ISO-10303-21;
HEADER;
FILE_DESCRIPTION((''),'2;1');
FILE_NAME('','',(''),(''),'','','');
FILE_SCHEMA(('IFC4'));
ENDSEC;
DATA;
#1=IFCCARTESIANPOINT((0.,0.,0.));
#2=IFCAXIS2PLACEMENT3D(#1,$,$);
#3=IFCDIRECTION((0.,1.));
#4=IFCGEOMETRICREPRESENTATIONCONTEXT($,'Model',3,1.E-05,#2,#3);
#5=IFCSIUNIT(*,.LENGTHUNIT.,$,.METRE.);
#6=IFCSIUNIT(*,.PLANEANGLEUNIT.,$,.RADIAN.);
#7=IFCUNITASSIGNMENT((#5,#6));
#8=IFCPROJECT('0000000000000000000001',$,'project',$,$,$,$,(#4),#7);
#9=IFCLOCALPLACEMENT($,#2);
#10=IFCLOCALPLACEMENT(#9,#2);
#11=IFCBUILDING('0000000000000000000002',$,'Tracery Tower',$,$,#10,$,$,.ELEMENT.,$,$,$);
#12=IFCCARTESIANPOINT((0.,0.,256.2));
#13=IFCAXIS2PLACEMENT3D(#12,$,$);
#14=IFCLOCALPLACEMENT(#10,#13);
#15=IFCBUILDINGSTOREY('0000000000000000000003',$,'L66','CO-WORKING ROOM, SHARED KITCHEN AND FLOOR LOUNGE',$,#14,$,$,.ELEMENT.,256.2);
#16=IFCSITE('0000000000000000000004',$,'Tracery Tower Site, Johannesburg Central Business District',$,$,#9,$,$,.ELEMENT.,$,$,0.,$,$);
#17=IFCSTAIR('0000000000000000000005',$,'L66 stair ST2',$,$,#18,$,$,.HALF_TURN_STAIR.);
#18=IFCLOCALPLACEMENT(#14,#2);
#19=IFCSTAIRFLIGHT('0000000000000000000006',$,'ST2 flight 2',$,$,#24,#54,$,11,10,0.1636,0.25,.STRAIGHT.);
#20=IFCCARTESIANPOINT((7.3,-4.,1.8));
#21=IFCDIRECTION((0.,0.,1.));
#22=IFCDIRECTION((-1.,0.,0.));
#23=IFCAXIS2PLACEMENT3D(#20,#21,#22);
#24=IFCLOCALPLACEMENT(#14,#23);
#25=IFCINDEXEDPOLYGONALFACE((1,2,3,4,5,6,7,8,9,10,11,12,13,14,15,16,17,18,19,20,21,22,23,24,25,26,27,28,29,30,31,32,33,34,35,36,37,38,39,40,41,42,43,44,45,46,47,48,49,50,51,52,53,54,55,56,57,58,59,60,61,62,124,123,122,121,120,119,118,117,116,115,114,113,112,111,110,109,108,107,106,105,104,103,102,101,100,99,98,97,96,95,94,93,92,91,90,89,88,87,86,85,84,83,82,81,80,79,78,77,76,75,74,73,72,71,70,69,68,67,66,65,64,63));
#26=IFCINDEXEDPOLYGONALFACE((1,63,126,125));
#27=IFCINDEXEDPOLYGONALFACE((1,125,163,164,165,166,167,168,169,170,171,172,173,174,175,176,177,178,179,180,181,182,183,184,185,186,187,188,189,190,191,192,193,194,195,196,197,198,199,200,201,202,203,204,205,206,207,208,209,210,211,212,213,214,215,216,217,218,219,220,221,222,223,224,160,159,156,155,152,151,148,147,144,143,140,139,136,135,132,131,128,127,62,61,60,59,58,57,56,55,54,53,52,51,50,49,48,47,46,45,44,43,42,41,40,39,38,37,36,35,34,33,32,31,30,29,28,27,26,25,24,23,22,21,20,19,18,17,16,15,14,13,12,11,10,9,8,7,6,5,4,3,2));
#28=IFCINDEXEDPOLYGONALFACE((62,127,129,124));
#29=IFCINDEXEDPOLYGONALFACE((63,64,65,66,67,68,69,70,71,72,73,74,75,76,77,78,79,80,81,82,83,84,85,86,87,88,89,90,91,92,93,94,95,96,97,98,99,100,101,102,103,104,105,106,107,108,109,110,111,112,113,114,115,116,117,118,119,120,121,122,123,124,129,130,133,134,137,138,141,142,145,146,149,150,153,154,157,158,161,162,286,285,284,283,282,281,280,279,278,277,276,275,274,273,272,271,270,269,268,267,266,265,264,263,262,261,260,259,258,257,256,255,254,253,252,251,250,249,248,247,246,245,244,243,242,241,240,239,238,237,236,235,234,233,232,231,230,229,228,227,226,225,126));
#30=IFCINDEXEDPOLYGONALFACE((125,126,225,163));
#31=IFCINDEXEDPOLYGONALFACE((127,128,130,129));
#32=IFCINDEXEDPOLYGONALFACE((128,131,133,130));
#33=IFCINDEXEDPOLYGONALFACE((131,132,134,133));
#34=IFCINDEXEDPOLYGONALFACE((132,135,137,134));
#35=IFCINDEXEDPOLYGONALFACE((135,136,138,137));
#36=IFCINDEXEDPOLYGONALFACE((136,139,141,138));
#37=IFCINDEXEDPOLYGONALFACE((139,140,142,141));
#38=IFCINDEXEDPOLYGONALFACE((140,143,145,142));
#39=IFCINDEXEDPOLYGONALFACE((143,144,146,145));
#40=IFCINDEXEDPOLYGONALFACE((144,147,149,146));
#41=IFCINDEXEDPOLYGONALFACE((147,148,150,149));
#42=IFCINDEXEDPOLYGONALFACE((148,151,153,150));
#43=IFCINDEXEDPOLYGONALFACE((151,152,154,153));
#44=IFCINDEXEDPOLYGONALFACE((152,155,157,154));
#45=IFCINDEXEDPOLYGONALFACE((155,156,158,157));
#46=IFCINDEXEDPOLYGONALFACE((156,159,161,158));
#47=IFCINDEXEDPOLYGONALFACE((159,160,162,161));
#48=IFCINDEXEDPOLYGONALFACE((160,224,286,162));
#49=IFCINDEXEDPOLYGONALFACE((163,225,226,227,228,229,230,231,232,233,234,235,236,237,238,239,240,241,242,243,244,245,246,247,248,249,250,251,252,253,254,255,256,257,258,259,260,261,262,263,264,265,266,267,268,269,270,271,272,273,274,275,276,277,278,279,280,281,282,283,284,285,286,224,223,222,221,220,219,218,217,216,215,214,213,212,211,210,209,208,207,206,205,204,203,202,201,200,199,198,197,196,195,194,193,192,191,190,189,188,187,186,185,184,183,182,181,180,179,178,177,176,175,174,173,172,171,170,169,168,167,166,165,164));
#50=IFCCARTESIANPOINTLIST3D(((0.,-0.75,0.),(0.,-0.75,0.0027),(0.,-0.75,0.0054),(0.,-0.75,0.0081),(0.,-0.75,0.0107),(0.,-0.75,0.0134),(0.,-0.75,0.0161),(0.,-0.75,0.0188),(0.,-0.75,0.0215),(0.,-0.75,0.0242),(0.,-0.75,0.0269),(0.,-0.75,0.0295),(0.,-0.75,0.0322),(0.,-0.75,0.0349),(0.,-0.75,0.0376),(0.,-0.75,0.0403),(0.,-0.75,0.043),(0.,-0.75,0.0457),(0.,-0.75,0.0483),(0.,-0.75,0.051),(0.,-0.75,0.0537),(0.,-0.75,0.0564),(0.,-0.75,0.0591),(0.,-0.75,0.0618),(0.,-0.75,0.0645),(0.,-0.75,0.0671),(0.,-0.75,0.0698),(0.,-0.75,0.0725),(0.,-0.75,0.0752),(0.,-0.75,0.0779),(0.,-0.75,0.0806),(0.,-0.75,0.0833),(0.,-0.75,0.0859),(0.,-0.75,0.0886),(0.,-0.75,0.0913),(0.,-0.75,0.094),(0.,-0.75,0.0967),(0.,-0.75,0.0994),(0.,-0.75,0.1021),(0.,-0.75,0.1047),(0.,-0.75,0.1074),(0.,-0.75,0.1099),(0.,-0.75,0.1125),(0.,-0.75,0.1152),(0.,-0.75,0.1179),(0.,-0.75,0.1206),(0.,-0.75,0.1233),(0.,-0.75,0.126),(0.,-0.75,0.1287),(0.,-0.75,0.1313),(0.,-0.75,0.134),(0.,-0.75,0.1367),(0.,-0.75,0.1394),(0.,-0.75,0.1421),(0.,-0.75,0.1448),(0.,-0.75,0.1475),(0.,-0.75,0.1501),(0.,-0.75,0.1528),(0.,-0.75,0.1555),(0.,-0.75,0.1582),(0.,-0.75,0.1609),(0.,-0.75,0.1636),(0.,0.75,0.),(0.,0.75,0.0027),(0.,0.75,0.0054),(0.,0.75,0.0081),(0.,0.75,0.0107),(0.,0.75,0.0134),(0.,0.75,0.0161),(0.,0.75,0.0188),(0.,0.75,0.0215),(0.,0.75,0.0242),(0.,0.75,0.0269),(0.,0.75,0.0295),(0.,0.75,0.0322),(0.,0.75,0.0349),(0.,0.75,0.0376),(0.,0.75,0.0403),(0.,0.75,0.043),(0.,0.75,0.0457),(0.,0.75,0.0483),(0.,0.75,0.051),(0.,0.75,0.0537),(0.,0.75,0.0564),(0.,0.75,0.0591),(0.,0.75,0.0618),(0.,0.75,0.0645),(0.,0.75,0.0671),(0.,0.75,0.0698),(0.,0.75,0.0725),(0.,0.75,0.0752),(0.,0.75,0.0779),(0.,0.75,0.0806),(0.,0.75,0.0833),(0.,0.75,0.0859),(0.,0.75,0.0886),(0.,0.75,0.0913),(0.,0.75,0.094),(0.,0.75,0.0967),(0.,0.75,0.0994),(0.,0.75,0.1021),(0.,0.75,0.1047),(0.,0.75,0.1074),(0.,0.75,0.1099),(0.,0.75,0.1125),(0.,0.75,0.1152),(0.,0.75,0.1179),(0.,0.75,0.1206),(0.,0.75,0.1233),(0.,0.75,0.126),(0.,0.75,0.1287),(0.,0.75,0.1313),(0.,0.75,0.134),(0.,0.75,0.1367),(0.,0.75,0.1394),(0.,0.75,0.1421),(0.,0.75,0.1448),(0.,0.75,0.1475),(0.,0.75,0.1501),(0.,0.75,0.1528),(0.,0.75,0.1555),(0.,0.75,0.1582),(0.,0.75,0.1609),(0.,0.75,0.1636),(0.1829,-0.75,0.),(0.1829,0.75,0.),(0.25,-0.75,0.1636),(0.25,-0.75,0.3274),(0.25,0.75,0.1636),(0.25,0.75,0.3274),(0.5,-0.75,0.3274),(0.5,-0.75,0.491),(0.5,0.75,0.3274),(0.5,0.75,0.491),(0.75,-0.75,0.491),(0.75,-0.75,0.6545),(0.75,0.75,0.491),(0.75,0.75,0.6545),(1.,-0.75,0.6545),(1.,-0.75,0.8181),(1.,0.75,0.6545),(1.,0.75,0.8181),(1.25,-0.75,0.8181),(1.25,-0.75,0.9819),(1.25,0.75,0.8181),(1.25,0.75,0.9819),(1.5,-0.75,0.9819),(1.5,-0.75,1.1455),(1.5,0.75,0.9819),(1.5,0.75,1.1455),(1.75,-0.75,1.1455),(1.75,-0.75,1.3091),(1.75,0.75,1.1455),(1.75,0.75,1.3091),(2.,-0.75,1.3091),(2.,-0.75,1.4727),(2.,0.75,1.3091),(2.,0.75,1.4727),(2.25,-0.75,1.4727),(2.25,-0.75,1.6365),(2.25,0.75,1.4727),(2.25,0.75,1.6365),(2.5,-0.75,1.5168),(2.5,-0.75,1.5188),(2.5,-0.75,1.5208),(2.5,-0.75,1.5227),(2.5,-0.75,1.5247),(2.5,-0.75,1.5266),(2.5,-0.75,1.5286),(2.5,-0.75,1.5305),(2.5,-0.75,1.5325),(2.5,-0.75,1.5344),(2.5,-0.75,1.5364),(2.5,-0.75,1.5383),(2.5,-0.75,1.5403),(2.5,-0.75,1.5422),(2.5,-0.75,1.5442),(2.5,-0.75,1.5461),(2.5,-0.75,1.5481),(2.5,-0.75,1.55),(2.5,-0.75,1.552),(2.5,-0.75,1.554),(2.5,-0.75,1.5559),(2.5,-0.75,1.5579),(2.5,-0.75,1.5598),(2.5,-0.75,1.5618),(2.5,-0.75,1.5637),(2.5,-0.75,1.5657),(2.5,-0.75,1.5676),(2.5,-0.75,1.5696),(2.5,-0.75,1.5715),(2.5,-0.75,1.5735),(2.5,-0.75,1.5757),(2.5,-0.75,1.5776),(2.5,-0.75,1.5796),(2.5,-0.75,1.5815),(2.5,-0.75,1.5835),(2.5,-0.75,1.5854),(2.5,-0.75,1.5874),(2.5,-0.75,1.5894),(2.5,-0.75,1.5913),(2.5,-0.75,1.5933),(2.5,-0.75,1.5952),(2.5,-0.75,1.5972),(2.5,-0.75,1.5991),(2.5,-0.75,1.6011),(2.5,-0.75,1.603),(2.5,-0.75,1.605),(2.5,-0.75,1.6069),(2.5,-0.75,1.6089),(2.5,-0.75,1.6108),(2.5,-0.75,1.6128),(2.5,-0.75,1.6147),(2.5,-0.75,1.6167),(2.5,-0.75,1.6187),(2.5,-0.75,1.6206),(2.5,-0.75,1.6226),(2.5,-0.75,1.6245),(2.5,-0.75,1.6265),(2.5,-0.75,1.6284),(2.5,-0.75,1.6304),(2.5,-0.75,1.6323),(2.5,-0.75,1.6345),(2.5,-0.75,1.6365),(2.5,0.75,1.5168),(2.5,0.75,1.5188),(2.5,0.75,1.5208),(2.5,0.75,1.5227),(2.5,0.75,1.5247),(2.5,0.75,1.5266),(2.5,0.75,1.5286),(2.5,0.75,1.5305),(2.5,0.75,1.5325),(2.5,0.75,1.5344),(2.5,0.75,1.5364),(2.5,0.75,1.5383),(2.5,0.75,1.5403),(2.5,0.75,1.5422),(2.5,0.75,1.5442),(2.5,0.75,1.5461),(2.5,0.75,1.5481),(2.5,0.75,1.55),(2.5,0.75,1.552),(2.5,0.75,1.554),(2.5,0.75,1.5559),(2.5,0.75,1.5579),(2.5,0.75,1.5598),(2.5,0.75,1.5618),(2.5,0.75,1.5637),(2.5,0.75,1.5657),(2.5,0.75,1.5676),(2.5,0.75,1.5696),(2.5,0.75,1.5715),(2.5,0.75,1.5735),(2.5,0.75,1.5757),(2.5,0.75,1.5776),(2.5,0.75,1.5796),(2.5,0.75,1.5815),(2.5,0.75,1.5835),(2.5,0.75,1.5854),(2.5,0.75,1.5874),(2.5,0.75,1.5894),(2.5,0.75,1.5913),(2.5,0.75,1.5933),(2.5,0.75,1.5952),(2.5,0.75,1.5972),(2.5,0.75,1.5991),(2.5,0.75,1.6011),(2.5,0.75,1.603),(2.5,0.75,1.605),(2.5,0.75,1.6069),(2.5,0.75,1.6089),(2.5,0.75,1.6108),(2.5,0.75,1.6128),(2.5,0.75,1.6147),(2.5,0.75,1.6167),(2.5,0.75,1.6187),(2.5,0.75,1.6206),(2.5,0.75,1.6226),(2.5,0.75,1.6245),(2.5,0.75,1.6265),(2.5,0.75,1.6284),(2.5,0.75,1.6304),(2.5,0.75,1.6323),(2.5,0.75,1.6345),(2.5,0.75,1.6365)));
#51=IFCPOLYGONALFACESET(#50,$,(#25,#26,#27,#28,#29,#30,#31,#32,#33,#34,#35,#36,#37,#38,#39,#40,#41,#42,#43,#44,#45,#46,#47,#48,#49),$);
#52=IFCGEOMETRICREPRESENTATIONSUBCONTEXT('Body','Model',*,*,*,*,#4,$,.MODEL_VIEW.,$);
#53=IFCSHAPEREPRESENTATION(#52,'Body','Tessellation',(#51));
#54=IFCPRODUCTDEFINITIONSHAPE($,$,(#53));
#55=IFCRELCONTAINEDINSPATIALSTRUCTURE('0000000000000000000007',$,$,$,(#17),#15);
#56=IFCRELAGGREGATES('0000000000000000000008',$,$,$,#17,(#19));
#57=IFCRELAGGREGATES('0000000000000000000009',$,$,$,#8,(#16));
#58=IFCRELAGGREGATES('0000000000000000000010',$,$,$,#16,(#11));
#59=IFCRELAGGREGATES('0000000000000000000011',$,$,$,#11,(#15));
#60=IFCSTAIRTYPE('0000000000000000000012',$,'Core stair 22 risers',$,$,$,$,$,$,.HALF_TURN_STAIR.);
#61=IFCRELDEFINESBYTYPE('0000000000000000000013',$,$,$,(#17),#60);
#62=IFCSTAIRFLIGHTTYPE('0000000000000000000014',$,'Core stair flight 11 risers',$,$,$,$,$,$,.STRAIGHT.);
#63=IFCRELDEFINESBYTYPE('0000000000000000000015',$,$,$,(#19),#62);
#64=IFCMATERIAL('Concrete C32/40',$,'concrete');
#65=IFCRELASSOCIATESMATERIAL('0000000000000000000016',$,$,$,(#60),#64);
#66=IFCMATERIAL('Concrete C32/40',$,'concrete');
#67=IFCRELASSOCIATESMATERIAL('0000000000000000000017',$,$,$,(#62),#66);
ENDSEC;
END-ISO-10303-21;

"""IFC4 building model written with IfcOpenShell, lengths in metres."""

from ifc_helpers import new_model, si_unit, direction, frame, origin, place, context, subcontext, project, spatial, polyline, outline, extrude, material, type_object, element, aggregate, save


model = new_model("IFC4")

# Units and contexts
model_context = context("Model", 3, precision=1e-05, world=origin(), true_north=direction((0.0, 1.0)))
body_context = subcontext(model_context, "Body", "Model", "MODEL_VIEW")
ifc_project = project(units=[si_unit("LENGTHUNIT", "METRE"), si_unit("PLANEANGLEUNIT", "RADIAN")], contexts=[model_context])

# Site, building, storey
site_placement = place(None, origin())
site = spatial("IfcSite", under=ifc_project, at=site_placement, Name="Tracery Tower Site, Johannesburg Central Business District", CompositionType="ELEMENT", RefElevation=0.0)
building_placement = place(site_placement, origin())
building = spatial("IfcBuilding", under=site, at=building_placement, Name="Tracery Tower", CompositionType="ELEMENT")
storey_placement = place(building_placement, frame((0.0, 0.0, 256.2)))
storey = spatial("IfcBuildingStorey", under=building, at=storey_placement, Name="L66", Description="CO-WORKING ROOM, SHARED KITCHEN AND FLOOR LOUNGE", CompositionType="ELEMENT", Elevation=256.2)

# Stair
ifc_material_1 = material(Name="Concrete C32/40", Category="concrete")
stair_type = type_object("IfcStairType", Name="Core stair 22 risers", PredefinedType="HALF_TURN_STAIR", material=ifc_material_1)
stair_placement = place(storey_placement, origin())
stair = element("IfcStair", 1, at=stair_placement, inside=storey, type_object=stair_type, Name="L66 stair ST2", PredefinedType="HALF_TURN_STAIR")

# Stair flight
ifc_material_2 = material(Name="Concrete C32/40", Category="concrete")
stair_flight_type = type_object("IfcStairFlightType", Name="Core stair flight 11 risers", PredefinedType="STRAIGHT", material=ifc_material_2)
stair_flight_1_placement = place(storey_placement, frame((7.3, -4.0, 1.8), z_axis=(0.0, 0.0, 1.0), x_axis=(-1.0, 0.0, 0.0)))
stair_flight_1 = element("IfcStairFlight", 2, at=stair_flight_1_placement, type_object=stair_flight_type, Name="ST2 flight 2", NumberOfRisers=11, NumberOfTreads=10, PredefinedType="STRAIGHT", RiserHeight=0.1636, TreadLength=0.25, context=body_context, shape_type="SweptSolid", body=[
    extrude(outline(polyline([(0.0, 0.0), (0.0, 0.0027), (0.0, 0.0054), (0.0, 0.0081), (0.0, 0.0107), (0.0, 0.0134), (0.0, 0.0161), (0.0, 0.0188), (0.0, 0.0215), (0.0, 0.0242), (0.0, 0.0269), (0.0, 0.0295), (0.0, 0.0322), (0.0, 0.0349), (0.0, 0.0376), (0.0, 0.0403), (0.0, 0.043), (0.0, 0.0457), (0.0, 0.0483), (0.0, 0.051), (0.0, 0.0537), (0.0, 0.0564), (0.0, 0.0591), (0.0, 0.0618), (0.0, 0.0645), (0.0, 0.0671), (0.0, 0.0698), (0.0, 0.0725), (0.0, 0.0752), (0.0, 0.0779), (0.0, 0.0806), (0.0, 0.0833), (0.0, 0.0859), (0.0, 0.0886), (0.0, 0.0913), (0.0, 0.094), (0.0, 0.0967), (0.0, 0.0994), (0.0, 0.1021), (0.0, 0.1047), (0.0, 0.1074), (0.0, 0.1099), (0.0, 0.1125), (0.0, 0.1152), (0.0, 0.1179), (0.0, 0.1206), (0.0, 0.1233), (0.0, 0.126), (0.0, 0.1287), (0.0, 0.1313), (0.0, 0.134), (0.0, 0.1367), (0.0, 0.1394), (0.0, 0.1421), (0.0, 0.1448), (0.0, 0.1475), (0.0, 0.1501), (0.0, 0.1528), (0.0, 0.1555), (0.0, 0.1582), (0.0, 0.1609), (0.0, 0.1636), (0.25, 0.1636), (0.25, 0.3274), (0.5, 0.3274), (0.5, 0.491), (0.75, 0.491), (0.75, 0.6545), (1.0, 0.6545), (1.0, 0.8181), (1.25, 0.8181), (1.25, 0.9819), (1.5, 0.9819), (1.5, 1.1455), (1.75, 1.1455), (1.75, 1.3091), (2.0, 1.3091), (2.0, 1.4727), (2.25, 1.4727), (2.25, 1.6365), (2.5, 1.6365), (2.5, 1.6345), (2.5, 1.6323), (2.5, 1.6304), (2.5, 1.6284), (2.5, 1.6265), (2.5, 1.6245), (2.5, 1.6226), (2.5, 1.6206), (2.5, 1.6187), (2.5, 1.6167), (2.5, 1.6147), (2.5, 1.6128), (2.5, 1.6108), (2.5, 1.6089), (2.5, 1.6069), (2.5, 1.605), (2.5, 1.603), (2.5, 1.6011), (2.5, 1.5991), (2.5, 1.5972), (2.5, 1.5952), (2.5, 1.5933), (2.5, 1.5913), (2.5, 1.5894), (2.5, 1.5874), (2.5, 1.5854), (2.5, 1.5835), (2.5, 1.5815), (2.5, 1.5796), (2.5, 1.5776), (2.5, 1.5757), (2.5, 1.5735), (2.5, 1.5715), (2.5, 1.5696), (2.5, 1.5676), (2.5, 1.5657), (2.5, 1.5637), (2.5, 1.5618), (2.5, 1.5598), (2.5, 1.5579), (2.5, 1.5559), (2.5, 1.554), (2.5, 1.552), (2.5, 1.55), (2.5, 1.5481), (2.5, 1.5461), (2.5, 1.5442), (2.5, 1.5422), (2.5, 1.5403), (2.5, 1.5383), (2.5, 1.5364), (2.5, 1.5344), (2.5, 1.5325), (2.5, 1.5305), (2.5, 1.5286), (2.5, 1.5266), (2.5, 1.5247), (2.5, 1.5227), (2.5, 1.5208), (2.5, 1.5188), (2.5, 1.5168), (0.1829, 0.0), (0.0, 0.0)])), frame((0.0, 0.75, 0.0), z_axis=(0.0, -1.0, 0.0), x_axis=(1.0, 0.0, 0.0)), (0.0, 0.0, 1.0), 1.5),
])
aggregate(stair, [stair_flight_1])

save(model, "model.ifc")
